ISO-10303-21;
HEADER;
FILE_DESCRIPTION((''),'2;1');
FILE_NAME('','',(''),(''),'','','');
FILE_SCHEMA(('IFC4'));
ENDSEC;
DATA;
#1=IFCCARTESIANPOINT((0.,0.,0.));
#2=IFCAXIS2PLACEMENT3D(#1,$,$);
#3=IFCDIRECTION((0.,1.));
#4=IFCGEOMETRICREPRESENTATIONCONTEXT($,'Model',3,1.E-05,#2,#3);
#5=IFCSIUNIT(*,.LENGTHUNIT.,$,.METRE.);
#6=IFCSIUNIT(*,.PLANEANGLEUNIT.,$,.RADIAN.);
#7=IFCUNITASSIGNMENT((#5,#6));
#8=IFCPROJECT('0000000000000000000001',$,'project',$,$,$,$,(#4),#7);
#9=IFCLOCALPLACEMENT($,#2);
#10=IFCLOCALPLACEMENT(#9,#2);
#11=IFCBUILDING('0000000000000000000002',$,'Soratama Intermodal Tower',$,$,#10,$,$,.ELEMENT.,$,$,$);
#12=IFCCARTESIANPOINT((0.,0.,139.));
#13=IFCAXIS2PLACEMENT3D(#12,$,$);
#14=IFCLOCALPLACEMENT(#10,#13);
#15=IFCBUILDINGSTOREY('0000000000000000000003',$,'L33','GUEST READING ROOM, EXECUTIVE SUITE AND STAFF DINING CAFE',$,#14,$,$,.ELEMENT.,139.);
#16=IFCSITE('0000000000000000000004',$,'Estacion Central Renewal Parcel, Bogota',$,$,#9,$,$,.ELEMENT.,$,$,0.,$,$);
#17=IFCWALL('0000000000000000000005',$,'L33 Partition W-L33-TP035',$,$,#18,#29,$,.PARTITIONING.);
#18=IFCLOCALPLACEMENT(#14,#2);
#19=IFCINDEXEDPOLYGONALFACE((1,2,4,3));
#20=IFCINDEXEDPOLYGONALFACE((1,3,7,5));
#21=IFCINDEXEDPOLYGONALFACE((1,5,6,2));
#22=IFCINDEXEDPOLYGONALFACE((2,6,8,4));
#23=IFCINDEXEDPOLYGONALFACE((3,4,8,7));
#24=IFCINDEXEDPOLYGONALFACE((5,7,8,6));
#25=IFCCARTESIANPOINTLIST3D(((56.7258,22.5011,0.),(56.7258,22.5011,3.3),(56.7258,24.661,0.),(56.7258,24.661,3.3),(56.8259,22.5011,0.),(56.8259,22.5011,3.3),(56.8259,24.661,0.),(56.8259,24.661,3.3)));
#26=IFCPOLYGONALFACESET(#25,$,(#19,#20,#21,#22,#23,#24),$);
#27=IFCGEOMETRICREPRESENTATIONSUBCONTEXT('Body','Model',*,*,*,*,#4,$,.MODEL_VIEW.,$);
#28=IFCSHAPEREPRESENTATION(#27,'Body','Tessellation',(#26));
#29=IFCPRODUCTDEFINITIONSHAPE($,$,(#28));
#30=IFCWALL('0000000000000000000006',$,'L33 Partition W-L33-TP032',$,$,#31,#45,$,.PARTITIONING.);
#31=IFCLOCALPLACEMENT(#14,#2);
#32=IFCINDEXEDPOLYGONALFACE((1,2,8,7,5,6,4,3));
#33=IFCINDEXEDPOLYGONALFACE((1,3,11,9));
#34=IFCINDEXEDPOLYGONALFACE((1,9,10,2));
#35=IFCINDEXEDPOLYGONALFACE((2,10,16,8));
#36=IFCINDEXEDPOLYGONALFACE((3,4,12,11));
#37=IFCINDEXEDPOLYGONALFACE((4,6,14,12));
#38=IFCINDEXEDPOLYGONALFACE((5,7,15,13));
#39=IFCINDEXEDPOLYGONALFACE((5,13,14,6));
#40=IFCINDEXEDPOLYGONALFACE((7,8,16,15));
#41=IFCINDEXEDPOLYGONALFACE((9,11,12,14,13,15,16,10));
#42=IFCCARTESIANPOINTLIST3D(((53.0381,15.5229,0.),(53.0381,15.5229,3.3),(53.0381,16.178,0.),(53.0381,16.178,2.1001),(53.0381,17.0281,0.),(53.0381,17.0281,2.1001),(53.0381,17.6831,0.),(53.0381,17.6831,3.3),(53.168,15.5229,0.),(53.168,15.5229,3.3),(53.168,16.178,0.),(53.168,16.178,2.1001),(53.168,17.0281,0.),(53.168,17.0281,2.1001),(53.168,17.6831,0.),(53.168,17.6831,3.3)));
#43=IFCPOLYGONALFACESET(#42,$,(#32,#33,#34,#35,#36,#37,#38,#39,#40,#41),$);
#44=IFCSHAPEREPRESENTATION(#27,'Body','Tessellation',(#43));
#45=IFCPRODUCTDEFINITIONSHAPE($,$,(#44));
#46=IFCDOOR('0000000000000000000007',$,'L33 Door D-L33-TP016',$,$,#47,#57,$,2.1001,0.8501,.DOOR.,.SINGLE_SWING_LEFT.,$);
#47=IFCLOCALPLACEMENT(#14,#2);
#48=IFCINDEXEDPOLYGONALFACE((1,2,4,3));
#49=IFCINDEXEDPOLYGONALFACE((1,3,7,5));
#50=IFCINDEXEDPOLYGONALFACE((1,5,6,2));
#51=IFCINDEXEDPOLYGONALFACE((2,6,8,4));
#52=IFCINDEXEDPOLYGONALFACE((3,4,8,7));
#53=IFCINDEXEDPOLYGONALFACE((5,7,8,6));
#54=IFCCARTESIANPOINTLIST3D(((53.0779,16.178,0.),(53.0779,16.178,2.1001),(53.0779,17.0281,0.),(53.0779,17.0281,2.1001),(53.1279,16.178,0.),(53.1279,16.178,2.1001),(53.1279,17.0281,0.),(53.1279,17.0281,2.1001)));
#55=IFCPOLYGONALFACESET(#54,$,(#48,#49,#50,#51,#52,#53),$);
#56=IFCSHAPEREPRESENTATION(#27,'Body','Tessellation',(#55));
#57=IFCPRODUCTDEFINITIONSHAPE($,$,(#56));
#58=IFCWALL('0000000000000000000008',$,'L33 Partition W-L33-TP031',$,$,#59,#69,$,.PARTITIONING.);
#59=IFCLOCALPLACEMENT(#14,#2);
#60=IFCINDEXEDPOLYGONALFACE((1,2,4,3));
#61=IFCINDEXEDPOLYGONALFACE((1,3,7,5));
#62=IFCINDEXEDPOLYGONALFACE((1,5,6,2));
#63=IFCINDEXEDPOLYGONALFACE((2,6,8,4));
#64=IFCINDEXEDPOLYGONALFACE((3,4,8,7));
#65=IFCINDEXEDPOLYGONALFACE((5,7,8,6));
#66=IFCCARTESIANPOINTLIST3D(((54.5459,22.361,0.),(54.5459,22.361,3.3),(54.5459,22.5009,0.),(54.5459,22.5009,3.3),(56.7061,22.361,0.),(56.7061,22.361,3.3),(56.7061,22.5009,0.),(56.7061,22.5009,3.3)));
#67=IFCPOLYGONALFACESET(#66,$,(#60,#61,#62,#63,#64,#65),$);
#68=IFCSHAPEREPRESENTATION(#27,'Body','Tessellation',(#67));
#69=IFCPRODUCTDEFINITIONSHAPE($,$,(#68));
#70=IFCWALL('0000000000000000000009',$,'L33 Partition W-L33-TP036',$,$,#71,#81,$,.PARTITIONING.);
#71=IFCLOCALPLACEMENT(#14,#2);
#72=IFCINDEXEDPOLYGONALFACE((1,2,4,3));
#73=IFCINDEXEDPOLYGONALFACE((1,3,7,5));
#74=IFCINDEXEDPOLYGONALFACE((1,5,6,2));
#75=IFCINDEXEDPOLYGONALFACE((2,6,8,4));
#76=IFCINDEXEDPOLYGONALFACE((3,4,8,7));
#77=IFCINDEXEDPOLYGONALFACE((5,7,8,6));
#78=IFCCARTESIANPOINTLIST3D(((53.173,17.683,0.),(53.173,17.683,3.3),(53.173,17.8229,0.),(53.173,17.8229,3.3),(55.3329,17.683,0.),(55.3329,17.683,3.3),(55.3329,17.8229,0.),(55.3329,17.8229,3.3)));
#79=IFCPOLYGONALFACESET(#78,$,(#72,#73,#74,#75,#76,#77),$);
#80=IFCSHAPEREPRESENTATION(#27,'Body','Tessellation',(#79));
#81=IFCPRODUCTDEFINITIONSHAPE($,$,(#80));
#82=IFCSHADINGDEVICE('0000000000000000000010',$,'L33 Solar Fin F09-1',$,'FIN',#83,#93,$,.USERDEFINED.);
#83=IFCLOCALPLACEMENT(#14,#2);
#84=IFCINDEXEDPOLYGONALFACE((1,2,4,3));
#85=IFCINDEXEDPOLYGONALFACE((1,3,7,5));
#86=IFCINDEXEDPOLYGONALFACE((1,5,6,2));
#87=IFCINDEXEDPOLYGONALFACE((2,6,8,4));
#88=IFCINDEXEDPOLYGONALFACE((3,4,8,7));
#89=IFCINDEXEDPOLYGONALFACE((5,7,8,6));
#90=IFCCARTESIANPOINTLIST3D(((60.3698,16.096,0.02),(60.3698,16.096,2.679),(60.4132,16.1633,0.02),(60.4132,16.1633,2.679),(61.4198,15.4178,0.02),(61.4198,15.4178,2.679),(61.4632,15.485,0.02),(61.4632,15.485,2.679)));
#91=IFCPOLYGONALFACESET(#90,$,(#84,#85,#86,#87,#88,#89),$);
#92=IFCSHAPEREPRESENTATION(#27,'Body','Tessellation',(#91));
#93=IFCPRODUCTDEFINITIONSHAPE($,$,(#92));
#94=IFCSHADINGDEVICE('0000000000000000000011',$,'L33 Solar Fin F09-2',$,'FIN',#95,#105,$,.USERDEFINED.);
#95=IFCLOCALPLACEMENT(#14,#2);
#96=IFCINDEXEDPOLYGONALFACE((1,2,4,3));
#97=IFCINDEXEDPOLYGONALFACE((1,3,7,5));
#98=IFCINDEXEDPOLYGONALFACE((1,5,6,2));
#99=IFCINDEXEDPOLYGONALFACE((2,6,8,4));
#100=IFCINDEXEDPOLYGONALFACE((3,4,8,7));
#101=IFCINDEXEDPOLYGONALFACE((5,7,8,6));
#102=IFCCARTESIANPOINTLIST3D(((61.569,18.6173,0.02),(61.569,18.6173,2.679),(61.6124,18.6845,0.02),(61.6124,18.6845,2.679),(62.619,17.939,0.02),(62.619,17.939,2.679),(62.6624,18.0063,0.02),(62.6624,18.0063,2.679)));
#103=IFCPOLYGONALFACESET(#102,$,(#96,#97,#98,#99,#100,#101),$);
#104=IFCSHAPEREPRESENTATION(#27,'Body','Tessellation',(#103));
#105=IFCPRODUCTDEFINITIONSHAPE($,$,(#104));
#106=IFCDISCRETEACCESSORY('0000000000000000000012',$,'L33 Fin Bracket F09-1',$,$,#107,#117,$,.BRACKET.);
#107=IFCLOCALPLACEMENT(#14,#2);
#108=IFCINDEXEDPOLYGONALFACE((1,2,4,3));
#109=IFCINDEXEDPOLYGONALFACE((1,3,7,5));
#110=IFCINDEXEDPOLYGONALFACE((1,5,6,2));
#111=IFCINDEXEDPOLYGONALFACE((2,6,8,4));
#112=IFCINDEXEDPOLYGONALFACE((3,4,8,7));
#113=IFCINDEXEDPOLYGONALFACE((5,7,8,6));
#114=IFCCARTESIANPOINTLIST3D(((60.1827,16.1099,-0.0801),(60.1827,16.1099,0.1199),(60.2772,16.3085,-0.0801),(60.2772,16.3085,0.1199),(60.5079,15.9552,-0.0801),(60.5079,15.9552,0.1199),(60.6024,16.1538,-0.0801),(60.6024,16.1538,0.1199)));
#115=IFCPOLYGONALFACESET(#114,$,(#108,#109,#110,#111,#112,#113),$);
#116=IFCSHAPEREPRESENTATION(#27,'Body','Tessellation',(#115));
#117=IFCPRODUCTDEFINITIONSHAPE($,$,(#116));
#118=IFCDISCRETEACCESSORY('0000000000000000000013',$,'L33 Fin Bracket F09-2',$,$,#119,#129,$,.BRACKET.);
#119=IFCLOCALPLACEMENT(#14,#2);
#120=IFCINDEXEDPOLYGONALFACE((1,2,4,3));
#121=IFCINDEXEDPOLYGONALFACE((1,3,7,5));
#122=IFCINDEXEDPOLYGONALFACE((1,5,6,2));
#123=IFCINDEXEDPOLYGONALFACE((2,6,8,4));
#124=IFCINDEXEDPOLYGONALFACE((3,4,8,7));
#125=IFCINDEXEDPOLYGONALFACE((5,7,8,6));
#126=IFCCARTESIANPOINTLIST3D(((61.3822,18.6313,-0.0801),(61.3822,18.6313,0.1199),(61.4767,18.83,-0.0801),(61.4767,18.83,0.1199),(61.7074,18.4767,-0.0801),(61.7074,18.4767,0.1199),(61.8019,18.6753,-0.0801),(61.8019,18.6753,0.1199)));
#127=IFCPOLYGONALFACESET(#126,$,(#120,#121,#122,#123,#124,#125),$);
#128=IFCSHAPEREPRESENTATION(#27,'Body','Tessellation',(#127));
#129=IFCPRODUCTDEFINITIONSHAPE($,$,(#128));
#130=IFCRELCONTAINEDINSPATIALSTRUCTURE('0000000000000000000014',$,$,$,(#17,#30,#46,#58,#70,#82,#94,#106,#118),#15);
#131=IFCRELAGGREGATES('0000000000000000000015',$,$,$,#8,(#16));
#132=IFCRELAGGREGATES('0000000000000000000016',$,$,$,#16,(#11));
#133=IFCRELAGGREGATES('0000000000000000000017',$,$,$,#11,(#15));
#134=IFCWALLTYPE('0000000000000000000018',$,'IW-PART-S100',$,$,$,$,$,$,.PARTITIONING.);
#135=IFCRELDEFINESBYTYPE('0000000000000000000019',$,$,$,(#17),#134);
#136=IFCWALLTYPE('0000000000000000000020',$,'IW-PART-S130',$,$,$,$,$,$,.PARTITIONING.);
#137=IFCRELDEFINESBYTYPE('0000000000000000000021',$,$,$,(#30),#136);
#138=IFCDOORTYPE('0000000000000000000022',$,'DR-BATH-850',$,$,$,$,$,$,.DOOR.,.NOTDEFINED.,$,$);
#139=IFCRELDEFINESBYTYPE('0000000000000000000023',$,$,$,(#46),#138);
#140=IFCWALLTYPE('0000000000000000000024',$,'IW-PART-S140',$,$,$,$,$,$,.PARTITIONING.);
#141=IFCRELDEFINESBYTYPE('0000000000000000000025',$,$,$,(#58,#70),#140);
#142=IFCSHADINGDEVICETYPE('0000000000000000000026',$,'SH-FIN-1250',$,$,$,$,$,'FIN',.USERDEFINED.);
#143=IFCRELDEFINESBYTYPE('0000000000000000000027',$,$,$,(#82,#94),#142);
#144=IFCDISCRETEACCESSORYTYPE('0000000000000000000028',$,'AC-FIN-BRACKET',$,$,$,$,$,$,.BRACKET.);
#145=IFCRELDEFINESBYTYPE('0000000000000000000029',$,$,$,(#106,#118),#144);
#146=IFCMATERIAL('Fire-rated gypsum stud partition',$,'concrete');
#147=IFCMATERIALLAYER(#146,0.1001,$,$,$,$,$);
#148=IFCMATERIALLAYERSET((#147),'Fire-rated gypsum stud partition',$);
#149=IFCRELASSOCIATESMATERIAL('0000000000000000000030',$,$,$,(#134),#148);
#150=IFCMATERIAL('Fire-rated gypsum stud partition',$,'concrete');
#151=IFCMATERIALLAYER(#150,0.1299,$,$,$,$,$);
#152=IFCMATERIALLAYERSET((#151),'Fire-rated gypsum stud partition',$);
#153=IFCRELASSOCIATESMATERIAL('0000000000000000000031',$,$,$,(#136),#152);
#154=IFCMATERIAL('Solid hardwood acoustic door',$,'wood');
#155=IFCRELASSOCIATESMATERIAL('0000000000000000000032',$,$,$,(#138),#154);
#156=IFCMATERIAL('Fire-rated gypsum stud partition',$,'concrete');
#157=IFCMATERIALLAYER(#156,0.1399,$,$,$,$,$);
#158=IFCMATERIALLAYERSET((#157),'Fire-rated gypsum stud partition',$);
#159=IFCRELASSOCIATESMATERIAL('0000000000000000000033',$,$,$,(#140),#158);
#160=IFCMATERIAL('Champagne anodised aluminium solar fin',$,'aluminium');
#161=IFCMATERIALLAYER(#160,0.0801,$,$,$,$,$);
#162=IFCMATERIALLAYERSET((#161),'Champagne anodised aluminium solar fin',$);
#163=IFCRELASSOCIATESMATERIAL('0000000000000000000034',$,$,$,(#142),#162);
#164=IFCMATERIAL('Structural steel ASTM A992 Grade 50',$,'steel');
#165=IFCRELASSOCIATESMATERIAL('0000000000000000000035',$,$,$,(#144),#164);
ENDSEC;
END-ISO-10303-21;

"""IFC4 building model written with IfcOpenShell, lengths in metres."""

from ifc_helpers import new_model, si_unit, direction, frame, frame_2d, origin, origin_2d, place, context, subcontext, project, spatial, rectangle, extrude, material, layer, layer_set, type_object, element, fill, save


model = new_model("IFC4")

# Units and contexts
model_context = context("Model", 3, precision=1e-05, world=origin(), true_north=direction((0.0, 1.0)))
body_context = subcontext(model_context, "Body", "Model", "MODEL_VIEW")
ifc_project = project(units=[si_unit("LENGTHUNIT", "METRE"), si_unit("PLANEANGLEUNIT", "RADIAN")], contexts=[model_context])

# Site, building, storey
site_placement = place(None, origin())
site = spatial("IfcSite", under=ifc_project, at=site_placement, Name="Estacion Central Renewal Parcel, Bogota", CompositionType="ELEMENT", RefElevation=0.0)
building_placement = place(site_placement, origin())
building = spatial("IfcBuilding", under=site, at=building_placement, Name="Soratama Intermodal Tower", CompositionType="ELEMENT")
storey_placement = place(building_placement, frame((0.0, 0.0, 139.0)))
storey = spatial("IfcBuildingStorey", under=building, at=storey_placement, Name="L33", Description="GUEST READING ROOM, EXECUTIVE SUITE AND STAFF DINING CAFE", CompositionType="ELEMENT", Elevation=139.0)

# Wall
ifc_material_1 = material(Name="Fire-rated gypsum stud partition", Category="concrete")
ifc_layer_1 = layer(ifc_material_1, 0.1001)
ifc_layer_set_1 = layer_set([ifc_layer_1], Name="Fire-rated gypsum stud partition")
wall_type_1 = type_object("IfcWallType", Name="IW-PART-S100", PredefinedType="PARTITIONING", material=ifc_layer_set_1)
wall_1_placement = place(storey_placement, frame((56.7759, 22.501, 0.0), z_axis=(0.0, 0.0, 1.0), x_axis=(0.0, 1.0, 0.0)))
element("IfcWall", 1, at=wall_1_placement, inside=storey, type_object=wall_type_1, Name="L33 Partition W-L33-TP035", PredefinedType="PARTITIONING", context=body_context, shape_type="SweptSolid", body=[
    extrude(rectangle(XDim=2.1599, YDim=0.1001, at=frame_2d((1.0801, 0.0))), origin(), (0.0, 0.0, 1.0), 3.3),
])

# Wall, opening, door
ifc_material_2 = material(Name="Fire-rated gypsum stud partition", Category="concrete")
ifc_layer_2 = layer(ifc_material_2, 0.1299)
ifc_layer_set_2 = layer_set([ifc_layer_2], Name="Fire-rated gypsum stud partition")
wall_type_2 = type_object("IfcWallType", Name="IW-PART-S130", PredefinedType="PARTITIONING", material=ifc_layer_set_2)
wall_2_placement = place(storey_placement, frame((53.103, 17.6831, 0.0), z_axis=(0.0, 0.0, 1.0), x_axis=(0.0, -1.0, 0.0)))
wall_2 = element("IfcWall", 2, at=wall_2_placement, inside=storey, type_object=wall_type_2, Name="L33 Partition W-L33-TP032", PredefinedType="PARTITIONING", context=body_context, shape_type="SweptSolid", body=[
    extrude(rectangle(XDim=2.1602, YDim=0.1299, at=frame_2d((1.0801, 0.0))), origin(), (0.0, 0.0, 1.0), 3.3),
])
opening_1_placement = place(wall_2_placement, frame((0.655, 0.0, 0.0)))
opening_1 = element("IfcOpeningElement", 3, at=opening_1_placement, cuts=wall_2, PredefinedType="OPENING", context=body_context, shape_type="SweptSolid", body=[
    extrude(rectangle(XDim=0.8501, YDim=2.1001, at=frame_2d((0.425, 1.05))), frame((0.0, 0.075, 0.0), z_axis=(0.0, -1.0, 0.0), x_axis=(1.0, 0.0, 0.0)), (0.0, 0.0, 1.0), 0.1499),
])
ifc_material_3 = material(Name="Solid hardwood acoustic door", Category="wood")
door_type_1 = type_object("IfcDoorType", Name="DR-BATH-850", OperationType="NOTDEFINED", PredefinedType="DOOR", material=ifc_material_3)
door_1_placement = place(opening_1_placement, origin())
door_1 = element("IfcDoor", 4, at=door_1_placement, inside=storey, type_object=door_type_1, Name="L33 Door D-L33-TP016", OperationType="SINGLE_SWING_LEFT", OverallHeight=2.1001, OverallWidth=0.8501, PredefinedType="DOOR", context=body_context, shape_type="SweptSolid", body=[
    extrude(rectangle(XDim=0.8501, YDim=2.1001, at=frame_2d((0.425, 1.05))), frame((0.0, 0.0249, 0.0), z_axis=(0.0, -1.0, 0.0), x_axis=(1.0, 0.0, 0.0)), (0.0, 0.0, 1.0), 0.05),
])
fill(opening_1, door_1)

# Walls
ifc_material_4 = material(Name="Fire-rated gypsum stud partition", Category="concrete")
ifc_layer_3 = layer(ifc_material_4, 0.1399)
ifc_layer_set_3 = layer_set([ifc_layer_3], Name="Fire-rated gypsum stud partition")
wall_type_3 = type_object("IfcWallType", Name="IW-PART-S140", PredefinedType="PARTITIONING", material=ifc_layer_set_3)
wall_3_placement = place(storey_placement, frame((54.5459, 22.4309, 0.0), z_axis=(0.0, 0.0, 1.0), x_axis=(1.0, 0.0, 0.0)))
element("IfcWall", 5, at=wall_3_placement, inside=storey, type_object=wall_type_3, Name="L33 Partition W-L33-TP031", PredefinedType="PARTITIONING", context=body_context, shape_type="SweptSolid", body=[
    extrude(rectangle(XDim=2.1602, YDim=0.1399, at=frame_2d((1.0801, 0.0))), origin(), (0.0, 0.0, 1.0), 3.3),
])
wall_4_placement = place(storey_placement, frame((55.333, 17.7529, 0.0), z_axis=(0.0, 0.0, 1.0), x_axis=(-1.0, 0.0, 0.0)))
element("IfcWall", 6, at=wall_4_placement, inside=storey, type_object=wall_type_3, Name="L33 Partition W-L33-TP036", PredefinedType="PARTITIONING", context=body_context, shape_type="SweptSolid", body=[
    extrude(rectangle(XDim=2.1599, YDim=0.1399, at=frame_2d((1.0801, 0.0))), origin(), (0.0, 0.0, 1.0), 3.3),
])

# Shading devices
ifc_material_5 = material(Name="Champagne anodised aluminium solar fin", Category="aluminium")
ifc_layer_4 = layer(ifc_material_5, 0.0801)
ifc_layer_set_4 = layer_set([ifc_layer_4], Name="Champagne anodised aluminium solar fin")
shading_device_type = type_object("IfcShadingDeviceType", Name="SH-FIN-1250", ElementType="FIN", PredefinedType="USERDEFINED", material=ifc_layer_set_4)
for number, where, z_axis, x_axis, name in (
    (7, (60.9165, 15.7905, 0.02), (0.0, 0.0, 1.0), (0.839999, -0.542588, 0.0), "L33 Solar Fin F09-1"),
    (8, (62.1157, 18.3118, 0.02), (0.0, 0.0, 1.0), (0.839999, -0.542588, 0.0), "L33 Solar Fin F09-2"),
):
    element("IfcShadingDevice", number, at=place(storey_placement, frame(where, z_axis=z_axis, x_axis=x_axis)), inside=storey, type_object=shading_device_type, Name=name, ObjectType="FIN", PredefinedType="USERDEFINED", context=body_context, shape_type="SweptSolid", body=[
        extrude(rectangle(XDim=1.25, YDim=0.0801, at=origin_2d()), origin(), (0.0, 0.0, 1.0), 2.6589),
    ])

# Discrete accessories
ifc_material_6 = material(Name="Structural steel ASTM A992 Grade 50", Category="steel")
discrete_accessory_type = type_object("IfcDiscreteAccessoryType", Name="AC-FIN-BRACKET", PredefinedType="BRACKET", material=ifc_material_6)
for number, where, z_axis, x_axis, name in (
    (9, (60.3926, 16.1318, -0.0801), (0.0, 0.0, 1.0), (0.903036, -0.429566, 0.0), "L33 Fin Bracket F09-1"),
    (10, (61.592, 18.6533, -0.0801), (0.0, 0.0, 1.0), (0.903036, -0.429566, 0.0), "L33 Fin Bracket F09-2"),
):
    element("IfcDiscreteAccessory", number, at=place(storey_placement, frame(where, z_axis=z_axis, x_axis=x_axis)), inside=storey, type_object=discrete_accessory_type, Name=name, PredefinedType="BRACKET", context=body_context, shape_type="SweptSolid", body=[
        extrude(rectangle(XDim=0.3601, YDim=0.22, at=origin_2d()), origin(), (0.0, 0.0, 1.0), 0.2),
    ])

save(model, "model.ifc")
